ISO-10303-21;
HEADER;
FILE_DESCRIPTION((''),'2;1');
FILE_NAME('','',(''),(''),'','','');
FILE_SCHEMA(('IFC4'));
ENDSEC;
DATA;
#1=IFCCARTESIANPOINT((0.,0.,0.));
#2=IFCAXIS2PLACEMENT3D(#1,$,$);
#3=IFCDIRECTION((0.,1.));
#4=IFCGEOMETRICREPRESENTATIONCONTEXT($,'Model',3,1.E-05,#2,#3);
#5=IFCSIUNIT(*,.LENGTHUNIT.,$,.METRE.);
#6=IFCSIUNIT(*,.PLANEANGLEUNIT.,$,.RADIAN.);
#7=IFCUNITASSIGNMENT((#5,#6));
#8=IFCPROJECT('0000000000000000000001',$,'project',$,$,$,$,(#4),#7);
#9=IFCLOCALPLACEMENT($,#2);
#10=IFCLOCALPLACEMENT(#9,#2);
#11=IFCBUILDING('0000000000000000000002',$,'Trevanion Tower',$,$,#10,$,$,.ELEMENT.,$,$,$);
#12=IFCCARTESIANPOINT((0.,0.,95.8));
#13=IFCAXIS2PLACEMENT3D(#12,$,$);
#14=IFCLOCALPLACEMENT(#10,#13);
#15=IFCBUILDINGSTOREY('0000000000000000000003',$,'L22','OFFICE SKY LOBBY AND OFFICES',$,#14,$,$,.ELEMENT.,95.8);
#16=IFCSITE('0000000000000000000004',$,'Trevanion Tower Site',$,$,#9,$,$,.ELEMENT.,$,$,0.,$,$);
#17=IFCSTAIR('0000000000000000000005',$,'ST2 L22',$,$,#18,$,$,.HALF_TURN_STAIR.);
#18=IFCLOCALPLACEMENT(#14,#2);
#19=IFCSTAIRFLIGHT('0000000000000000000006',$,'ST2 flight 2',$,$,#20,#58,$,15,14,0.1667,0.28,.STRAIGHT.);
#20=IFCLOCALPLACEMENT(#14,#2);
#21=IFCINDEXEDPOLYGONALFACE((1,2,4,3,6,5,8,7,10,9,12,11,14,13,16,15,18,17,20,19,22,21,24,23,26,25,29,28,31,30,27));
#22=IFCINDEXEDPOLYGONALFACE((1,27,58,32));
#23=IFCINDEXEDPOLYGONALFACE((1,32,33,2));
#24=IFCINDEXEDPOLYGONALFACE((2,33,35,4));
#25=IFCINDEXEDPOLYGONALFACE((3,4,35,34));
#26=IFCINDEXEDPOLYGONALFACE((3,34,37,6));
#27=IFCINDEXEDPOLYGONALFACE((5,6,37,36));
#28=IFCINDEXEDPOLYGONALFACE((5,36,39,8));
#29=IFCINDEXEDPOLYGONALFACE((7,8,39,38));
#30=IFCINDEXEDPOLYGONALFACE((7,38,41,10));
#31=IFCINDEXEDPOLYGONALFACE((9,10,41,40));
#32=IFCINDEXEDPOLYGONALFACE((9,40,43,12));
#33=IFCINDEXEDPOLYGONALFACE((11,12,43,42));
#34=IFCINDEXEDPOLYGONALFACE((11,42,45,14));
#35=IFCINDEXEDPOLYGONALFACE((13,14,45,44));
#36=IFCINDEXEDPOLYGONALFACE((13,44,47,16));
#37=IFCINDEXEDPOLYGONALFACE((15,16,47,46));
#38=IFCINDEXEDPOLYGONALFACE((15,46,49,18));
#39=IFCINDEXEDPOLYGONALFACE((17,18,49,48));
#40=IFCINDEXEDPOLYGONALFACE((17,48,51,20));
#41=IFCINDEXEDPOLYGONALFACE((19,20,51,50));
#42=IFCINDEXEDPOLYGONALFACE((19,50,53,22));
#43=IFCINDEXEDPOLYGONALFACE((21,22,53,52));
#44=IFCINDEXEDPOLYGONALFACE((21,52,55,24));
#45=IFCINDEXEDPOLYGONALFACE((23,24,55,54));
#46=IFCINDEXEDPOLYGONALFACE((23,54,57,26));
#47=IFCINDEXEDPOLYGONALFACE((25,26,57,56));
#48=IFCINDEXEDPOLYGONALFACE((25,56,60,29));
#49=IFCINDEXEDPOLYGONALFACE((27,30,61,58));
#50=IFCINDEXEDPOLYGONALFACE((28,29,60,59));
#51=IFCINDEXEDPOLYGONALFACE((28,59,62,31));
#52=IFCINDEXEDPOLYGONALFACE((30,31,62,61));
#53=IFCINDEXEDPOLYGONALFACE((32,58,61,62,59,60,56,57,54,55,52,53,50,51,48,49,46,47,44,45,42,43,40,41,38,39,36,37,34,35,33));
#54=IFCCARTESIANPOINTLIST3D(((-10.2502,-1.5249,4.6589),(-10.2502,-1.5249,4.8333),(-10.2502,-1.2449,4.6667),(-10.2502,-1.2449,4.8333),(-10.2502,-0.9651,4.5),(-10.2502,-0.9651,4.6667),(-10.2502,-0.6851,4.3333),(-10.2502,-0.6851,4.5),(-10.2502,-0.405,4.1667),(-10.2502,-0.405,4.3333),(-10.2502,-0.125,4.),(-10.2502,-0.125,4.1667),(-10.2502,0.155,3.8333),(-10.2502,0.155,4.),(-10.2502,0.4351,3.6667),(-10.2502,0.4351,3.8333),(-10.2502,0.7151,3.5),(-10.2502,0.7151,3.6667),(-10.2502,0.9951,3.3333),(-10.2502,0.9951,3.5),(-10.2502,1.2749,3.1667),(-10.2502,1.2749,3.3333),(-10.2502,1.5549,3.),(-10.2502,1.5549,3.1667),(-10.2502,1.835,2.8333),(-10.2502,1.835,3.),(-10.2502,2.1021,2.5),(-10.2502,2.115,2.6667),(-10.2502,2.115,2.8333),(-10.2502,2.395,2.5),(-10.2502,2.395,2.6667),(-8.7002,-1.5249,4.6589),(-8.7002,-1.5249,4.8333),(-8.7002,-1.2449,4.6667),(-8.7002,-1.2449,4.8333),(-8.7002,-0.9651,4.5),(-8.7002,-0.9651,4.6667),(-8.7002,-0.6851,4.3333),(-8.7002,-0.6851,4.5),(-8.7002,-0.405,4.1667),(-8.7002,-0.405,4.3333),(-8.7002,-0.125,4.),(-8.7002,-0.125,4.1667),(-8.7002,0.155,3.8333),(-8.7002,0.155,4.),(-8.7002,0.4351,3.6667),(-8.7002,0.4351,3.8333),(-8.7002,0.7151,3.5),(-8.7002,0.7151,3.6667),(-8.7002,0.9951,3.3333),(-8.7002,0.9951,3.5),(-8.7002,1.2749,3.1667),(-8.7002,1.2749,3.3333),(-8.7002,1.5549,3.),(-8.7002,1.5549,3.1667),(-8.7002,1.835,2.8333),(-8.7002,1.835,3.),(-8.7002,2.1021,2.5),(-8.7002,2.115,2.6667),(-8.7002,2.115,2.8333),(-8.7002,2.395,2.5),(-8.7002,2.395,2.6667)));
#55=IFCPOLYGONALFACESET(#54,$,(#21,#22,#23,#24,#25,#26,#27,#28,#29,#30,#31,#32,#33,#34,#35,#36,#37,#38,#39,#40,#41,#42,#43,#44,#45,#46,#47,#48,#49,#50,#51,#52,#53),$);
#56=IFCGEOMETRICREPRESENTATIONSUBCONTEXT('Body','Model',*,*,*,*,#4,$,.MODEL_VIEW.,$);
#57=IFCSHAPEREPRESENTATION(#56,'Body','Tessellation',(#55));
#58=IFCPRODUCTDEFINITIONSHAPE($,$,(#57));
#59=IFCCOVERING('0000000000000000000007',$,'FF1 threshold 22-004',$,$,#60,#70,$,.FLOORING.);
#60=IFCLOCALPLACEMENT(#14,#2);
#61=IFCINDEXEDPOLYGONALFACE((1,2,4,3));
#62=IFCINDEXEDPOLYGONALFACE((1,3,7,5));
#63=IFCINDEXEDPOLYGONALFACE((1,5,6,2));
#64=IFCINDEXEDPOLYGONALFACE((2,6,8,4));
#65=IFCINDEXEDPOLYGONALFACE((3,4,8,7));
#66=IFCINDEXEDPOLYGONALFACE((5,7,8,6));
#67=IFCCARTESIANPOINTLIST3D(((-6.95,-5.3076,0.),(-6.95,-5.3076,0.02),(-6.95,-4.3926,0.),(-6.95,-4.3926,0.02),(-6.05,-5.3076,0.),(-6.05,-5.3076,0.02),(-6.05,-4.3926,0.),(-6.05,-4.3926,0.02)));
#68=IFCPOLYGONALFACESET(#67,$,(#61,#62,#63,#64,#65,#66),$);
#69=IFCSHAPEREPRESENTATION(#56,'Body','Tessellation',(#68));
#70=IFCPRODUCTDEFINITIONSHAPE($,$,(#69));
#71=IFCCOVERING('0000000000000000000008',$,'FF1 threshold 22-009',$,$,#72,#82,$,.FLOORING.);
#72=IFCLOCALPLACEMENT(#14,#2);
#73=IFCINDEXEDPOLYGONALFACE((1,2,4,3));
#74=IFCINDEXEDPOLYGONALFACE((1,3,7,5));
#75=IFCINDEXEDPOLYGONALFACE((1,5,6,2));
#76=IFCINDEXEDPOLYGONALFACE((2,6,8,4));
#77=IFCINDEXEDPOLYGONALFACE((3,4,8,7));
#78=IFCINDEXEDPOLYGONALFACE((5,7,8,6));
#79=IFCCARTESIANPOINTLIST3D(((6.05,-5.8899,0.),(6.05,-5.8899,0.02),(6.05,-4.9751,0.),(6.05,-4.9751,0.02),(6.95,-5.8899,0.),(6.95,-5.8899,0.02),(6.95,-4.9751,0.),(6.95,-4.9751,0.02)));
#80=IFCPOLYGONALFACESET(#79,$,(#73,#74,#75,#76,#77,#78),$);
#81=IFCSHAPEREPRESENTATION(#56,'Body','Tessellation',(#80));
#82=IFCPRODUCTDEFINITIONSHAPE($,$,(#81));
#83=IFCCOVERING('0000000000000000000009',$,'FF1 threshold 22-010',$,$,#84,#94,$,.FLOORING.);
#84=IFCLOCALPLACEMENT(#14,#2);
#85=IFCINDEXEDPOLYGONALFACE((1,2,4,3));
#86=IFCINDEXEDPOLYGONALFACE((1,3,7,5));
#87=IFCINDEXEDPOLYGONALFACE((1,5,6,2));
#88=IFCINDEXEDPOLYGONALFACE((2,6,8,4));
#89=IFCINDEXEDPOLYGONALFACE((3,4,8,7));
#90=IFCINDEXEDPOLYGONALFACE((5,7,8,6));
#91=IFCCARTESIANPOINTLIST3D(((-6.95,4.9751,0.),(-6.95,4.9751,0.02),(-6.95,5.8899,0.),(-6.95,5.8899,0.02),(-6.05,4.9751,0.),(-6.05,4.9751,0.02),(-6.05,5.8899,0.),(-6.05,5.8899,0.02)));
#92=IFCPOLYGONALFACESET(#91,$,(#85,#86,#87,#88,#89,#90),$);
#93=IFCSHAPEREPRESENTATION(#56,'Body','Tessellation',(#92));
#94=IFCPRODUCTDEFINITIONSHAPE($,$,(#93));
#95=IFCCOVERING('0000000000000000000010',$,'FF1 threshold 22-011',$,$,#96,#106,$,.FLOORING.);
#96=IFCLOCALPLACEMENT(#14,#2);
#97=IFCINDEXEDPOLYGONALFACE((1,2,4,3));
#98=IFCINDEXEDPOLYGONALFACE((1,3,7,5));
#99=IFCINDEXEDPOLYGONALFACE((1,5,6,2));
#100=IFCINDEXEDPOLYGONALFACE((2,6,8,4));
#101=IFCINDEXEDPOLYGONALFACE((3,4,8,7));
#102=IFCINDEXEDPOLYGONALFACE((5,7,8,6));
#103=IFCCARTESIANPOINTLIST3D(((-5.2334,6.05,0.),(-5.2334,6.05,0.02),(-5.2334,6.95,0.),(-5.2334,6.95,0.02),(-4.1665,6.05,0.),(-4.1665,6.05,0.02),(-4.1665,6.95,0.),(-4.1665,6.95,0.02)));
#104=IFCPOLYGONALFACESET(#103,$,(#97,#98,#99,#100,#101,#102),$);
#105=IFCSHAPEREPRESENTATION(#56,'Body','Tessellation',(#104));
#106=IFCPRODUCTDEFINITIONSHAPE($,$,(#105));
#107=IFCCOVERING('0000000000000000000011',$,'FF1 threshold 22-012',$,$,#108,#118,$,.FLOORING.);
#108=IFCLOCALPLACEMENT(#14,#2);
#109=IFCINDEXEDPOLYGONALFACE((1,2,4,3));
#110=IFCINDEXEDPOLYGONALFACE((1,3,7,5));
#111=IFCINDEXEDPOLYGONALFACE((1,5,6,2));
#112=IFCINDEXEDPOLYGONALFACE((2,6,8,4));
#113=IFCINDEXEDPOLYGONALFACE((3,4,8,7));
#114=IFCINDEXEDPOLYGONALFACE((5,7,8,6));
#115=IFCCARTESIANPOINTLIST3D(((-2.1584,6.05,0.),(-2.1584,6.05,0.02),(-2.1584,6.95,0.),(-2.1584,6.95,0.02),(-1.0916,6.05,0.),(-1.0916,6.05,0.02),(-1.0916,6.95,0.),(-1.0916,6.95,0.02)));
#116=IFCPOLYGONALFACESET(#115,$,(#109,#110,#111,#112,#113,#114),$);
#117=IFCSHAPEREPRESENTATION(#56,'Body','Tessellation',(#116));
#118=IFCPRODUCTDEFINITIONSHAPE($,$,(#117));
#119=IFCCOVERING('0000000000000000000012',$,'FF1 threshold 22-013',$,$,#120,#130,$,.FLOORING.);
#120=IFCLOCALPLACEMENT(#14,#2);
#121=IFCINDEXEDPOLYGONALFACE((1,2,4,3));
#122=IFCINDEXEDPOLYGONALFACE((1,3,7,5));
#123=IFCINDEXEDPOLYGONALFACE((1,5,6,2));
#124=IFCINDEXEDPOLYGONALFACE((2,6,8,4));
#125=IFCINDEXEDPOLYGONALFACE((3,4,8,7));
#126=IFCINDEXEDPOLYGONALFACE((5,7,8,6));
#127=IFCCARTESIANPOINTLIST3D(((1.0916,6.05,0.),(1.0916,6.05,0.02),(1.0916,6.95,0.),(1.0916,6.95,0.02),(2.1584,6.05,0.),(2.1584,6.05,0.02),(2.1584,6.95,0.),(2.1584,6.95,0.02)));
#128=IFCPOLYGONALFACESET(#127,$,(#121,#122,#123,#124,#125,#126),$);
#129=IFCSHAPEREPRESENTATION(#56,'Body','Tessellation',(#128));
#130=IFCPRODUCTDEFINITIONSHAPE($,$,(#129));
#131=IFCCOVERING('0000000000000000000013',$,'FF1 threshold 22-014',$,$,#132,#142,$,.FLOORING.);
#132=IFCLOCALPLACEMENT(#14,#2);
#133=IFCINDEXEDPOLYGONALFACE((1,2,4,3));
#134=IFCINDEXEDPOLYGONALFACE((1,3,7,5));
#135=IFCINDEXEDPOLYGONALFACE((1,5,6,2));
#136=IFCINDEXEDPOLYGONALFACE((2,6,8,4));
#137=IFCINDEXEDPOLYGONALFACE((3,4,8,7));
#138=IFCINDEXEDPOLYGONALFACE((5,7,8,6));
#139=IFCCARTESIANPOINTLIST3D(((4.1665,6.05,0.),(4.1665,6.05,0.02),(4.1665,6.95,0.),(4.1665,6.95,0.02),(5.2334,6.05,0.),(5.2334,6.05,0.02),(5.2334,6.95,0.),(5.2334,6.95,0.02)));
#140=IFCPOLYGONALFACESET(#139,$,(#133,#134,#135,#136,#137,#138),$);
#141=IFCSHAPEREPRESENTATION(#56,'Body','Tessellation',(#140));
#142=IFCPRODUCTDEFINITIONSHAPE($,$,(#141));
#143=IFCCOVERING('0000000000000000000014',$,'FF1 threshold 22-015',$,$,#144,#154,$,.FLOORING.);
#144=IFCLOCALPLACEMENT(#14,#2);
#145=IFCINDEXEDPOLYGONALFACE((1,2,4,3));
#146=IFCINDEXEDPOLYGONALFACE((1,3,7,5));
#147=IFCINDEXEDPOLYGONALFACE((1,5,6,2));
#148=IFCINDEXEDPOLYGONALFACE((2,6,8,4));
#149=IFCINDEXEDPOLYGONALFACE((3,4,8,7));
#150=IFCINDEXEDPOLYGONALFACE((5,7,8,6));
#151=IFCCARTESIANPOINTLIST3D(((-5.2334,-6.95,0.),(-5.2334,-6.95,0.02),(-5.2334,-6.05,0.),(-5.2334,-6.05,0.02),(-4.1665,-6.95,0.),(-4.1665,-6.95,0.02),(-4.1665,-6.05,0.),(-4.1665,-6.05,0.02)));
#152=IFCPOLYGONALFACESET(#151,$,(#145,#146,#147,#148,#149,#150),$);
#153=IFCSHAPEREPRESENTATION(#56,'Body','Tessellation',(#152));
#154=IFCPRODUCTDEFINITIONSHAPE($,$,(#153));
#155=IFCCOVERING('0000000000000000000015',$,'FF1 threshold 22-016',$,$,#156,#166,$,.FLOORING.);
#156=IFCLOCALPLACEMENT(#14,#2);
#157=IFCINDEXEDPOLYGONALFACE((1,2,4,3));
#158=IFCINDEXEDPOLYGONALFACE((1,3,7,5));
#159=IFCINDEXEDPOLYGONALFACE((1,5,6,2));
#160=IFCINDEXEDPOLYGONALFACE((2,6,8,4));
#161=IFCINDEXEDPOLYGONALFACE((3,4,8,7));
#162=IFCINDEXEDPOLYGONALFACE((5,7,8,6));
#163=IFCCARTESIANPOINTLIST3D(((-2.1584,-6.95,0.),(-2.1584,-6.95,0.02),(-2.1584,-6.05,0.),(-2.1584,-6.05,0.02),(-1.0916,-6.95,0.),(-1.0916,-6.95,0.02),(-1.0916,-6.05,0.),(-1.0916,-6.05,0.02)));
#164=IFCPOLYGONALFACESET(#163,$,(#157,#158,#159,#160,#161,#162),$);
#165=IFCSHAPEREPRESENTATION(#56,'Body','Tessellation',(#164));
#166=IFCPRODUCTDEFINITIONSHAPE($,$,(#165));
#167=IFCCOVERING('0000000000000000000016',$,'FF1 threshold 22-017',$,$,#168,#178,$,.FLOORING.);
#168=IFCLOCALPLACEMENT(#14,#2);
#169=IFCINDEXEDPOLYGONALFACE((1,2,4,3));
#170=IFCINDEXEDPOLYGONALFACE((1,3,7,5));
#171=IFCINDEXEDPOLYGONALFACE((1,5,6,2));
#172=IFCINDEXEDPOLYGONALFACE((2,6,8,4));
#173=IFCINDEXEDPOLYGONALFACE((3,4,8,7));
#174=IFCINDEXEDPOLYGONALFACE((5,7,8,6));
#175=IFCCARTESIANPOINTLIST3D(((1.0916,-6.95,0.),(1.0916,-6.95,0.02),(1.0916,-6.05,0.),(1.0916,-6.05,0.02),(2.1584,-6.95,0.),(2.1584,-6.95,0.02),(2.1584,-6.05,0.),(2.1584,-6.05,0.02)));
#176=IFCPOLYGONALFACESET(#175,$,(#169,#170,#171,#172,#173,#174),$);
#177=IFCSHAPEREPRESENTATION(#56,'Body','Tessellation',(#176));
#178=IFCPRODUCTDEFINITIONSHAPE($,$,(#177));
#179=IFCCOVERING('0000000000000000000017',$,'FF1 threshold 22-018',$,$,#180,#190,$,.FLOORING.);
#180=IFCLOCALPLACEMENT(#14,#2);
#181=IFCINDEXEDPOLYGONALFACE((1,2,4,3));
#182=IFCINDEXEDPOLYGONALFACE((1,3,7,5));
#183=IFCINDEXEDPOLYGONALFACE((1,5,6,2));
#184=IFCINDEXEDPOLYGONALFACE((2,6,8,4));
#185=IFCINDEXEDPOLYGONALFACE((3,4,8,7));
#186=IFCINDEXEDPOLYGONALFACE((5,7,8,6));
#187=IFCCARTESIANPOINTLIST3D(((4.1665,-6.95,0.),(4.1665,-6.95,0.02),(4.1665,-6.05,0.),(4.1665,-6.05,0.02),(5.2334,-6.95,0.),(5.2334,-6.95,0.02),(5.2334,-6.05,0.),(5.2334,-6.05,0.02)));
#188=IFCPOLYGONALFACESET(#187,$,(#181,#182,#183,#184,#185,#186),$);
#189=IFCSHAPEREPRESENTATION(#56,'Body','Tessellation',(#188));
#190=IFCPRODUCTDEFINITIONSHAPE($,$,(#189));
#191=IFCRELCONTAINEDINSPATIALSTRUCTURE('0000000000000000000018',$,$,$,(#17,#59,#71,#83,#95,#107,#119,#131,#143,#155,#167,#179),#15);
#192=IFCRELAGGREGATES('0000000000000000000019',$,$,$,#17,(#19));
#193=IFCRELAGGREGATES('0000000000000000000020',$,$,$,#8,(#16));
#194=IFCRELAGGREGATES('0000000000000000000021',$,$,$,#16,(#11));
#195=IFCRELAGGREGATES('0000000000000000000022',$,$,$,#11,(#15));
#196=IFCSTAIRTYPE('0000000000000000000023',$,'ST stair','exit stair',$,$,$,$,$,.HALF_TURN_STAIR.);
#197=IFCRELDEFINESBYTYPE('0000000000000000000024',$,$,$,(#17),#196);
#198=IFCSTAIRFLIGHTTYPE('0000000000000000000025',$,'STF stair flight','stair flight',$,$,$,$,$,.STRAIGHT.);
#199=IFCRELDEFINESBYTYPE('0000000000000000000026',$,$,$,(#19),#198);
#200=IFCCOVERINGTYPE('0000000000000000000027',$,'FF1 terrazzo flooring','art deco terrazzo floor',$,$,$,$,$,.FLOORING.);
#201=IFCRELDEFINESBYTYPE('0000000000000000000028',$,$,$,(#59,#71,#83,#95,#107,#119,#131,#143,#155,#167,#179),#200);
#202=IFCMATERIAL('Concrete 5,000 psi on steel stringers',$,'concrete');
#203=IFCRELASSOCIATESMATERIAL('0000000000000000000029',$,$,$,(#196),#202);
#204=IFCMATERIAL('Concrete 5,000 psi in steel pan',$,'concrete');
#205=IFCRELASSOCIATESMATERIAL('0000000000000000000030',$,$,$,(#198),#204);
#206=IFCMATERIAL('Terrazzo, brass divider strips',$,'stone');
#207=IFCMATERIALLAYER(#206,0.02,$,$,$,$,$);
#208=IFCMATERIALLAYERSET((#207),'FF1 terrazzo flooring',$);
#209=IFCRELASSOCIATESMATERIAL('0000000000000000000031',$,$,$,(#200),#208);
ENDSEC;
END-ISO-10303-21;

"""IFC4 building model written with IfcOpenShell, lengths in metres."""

from ifc_helpers import new_model, si_unit, direction, frame, origin, place, context, subcontext, project, spatial, polyline, outline, extrude, material, layer, layer_set, type_object, element, aggregate, save


model = new_model("IFC4")

# Units and contexts
model_context = context("Model", 3, precision=1e-05, world=origin(), true_north=direction((0.0, 1.0)))
body_context = subcontext(model_context, "Body", "Model", "MODEL_VIEW")
ifc_project = project(units=[si_unit("LENGTHUNIT", "METRE"), si_unit("PLANEANGLEUNIT", "RADIAN")], contexts=[model_context])

# Site, building, storey
site_placement = place(None, origin())
site = spatial("IfcSite", under=ifc_project, at=site_placement, Name="Trevanion Tower Site", CompositionType="ELEMENT", RefElevation=0.0)
building_placement = place(site_placement, origin())
building = spatial("IfcBuilding", under=site, at=building_placement, Name="Trevanion Tower", CompositionType="ELEMENT")
storey_placement = place(building_placement, frame((0.0, 0.0, 95.8)))
storey = spatial("IfcBuildingStorey", under=building, at=storey_placement, Name="L22", Description="OFFICE SKY LOBBY AND OFFICES", CompositionType="ELEMENT", Elevation=95.8)

# Stair, stair flight
ifc_material_1 = material(Name="Concrete 5,000 psi on steel stringers", Category="concrete")
stair_type = type_object("IfcStairType", Name="ST stair", Description="exit stair", PredefinedType="HALF_TURN_STAIR", material=ifc_material_1)
stair_placement = place(storey_placement, origin())
stair = element("IfcStair", 1, at=stair_placement, inside=storey, type_object=stair_type, Name="ST2 L22", PredefinedType="HALF_TURN_STAIR")
ifc_material_2 = material(Name="Concrete 5,000 psi in steel pan", Category="concrete")
stair_flight_type = type_object("IfcStairFlightType", Name="STF stair flight", Description="stair flight", PredefinedType="STRAIGHT", material=ifc_material_2)
stair_flight_placement = place(storey_placement, frame((-9.4751, 2.395, 2.5), z_axis=(0.0, 0.0, 1.0), x_axis=(0.0, -1.0, 0.0)))
stair_flight = element("IfcStairFlight", 2, at=stair_flight_placement, type_object=stair_flight_type, Name="ST2 flight 2", NumberOfRisers=15, NumberOfTreads=14, PredefinedType="STRAIGHT", RiserHeight=0.1667, TreadLength=0.28, context=body_context, shape_type="SweptSolid", body=[
    extrude(outline(polyline([(0.0, 0.0), (0.0, 0.1667), (0.28, 0.1667), (0.28, 0.3333), (0.5601, 0.3333), (0.5601, 0.5), (0.8401, 0.5), (0.8401, 0.6667), (1.1201, 0.6667), (1.1201, 0.8333), (1.3999, 0.8333), (1.3999, 1.0), (1.6799, 1.0), (1.6799, 1.1667), (1.96, 1.1667), (1.96, 1.3333), (2.24, 1.3333), (2.24, 1.5), (2.52, 1.5), (2.52, 1.6667), (2.8, 1.6667), (2.8, 1.8333), (3.0801, 1.8333), (3.0801, 2.0), (3.3601, 2.0), (3.3601, 2.1667), (3.6399, 2.1667), (3.6399, 2.3333), (3.9199, 2.3333), (3.9199, 2.5), (3.9199, 2.1589), (0.293, 0.0), (0.0, 0.0)])), frame((0.0, 0.7749, 0.0), z_axis=(0.0, -1.0, 0.0), x_axis=(1.0, 0.0, 0.0)), (0.0, 0.0, 1.0), 1.55),
])
aggregate(stair, [stair_flight])

# Coverings
ifc_material_3 = material(Name="Terrazzo, brass divider strips", Category="stone")
ifc_layer_1 = layer(ifc_material_3, 0.02)
ifc_layer_set_1 = layer_set([ifc_layer_1], Name="FF1 terrazzo flooring")
covering_type = type_object("IfcCoveringType", Name="FF1 terrazzo flooring", Description="art deco terrazzo floor", PredefinedType="FLOORING", material=ifc_layer_set_1)
covering_1_placement = place(storey_placement, origin())
element("IfcCovering", 3, at=covering_1_placement, inside=storey, type_object=covering_type, Name="FF1 threshold 22-004", PredefinedType="FLOORING", context=body_context, shape_type="SweptSolid", body=[
    extrude(outline(polyline([(-6.95, -4.3926), (-6.95, -5.3076), (-6.05, -5.3076), (-6.05, -4.3926), (-6.95, -4.3926)])), origin(), (0.0, 0.0, 1.0), 0.02),
])
covering_2_placement = place(storey_placement, origin())
element("IfcCovering", 4, at=covering_2_placement, inside=storey, type_object=covering_type, Name="FF1 threshold 22-009", PredefinedType="FLOORING", context=body_context, shape_type="SweptSolid", body=[
    extrude(outline(polyline([(6.95, -5.8899), (6.95, -4.9751), (6.05, -4.9751), (6.05, -5.8899), (6.95, -5.8899)])), origin(), (0.0, 0.0, 1.0), 0.02),
])
covering_3_placement = place(storey_placement, origin())
element("IfcCovering", 5, at=covering_3_placement, inside=storey, type_object=covering_type, Name="FF1 threshold 22-010", PredefinedType="FLOORING", context=body_context, shape_type="SweptSolid", body=[
    extrude(outline(polyline([(-6.95, 5.8899), (-6.95, 4.9751), (-6.05, 4.9751), (-6.05, 5.8899), (-6.95, 5.8899)])), origin(), (0.0, 0.0, 1.0), 0.02),
])
covering_4_placement = place(storey_placement, origin())
element("IfcCovering", 6, at=covering_4_placement, inside=storey, type_object=covering_type, Name="FF1 threshold 22-011", PredefinedType="FLOORING", context=body_context, shape_type="SweptSolid", body=[
    extrude(outline(polyline([(-4.1665, 6.95), (-5.2334, 6.95), (-5.2334, 6.05), (-4.1665, 6.05), (-4.1665, 6.95)])), origin(), (0.0, 0.0, 1.0), 0.02),
])
covering_5_placement = place(storey_placement, origin())
element("IfcCovering", 7, at=covering_5_placement, inside=storey, type_object=covering_type, Name="FF1 threshold 22-012", PredefinedType="FLOORING", context=body_context, shape_type="SweptSolid", body=[
    extrude(outline(polyline([(-1.0916, 6.95), (-2.1584, 6.95), (-2.1584, 6.05), (-1.0916, 6.05), (-1.0916, 6.95)])), origin(), (0.0, 0.0, 1.0), 0.02),
])
covering_6_placement = place(storey_placement, origin())
element("IfcCovering", 8, at=covering_6_placement, inside=storey, type_object=covering_type, Name="FF1 threshold 22-013", PredefinedType="FLOORING", context=body_context, shape_type="SweptSolid", body=[
    extrude(outline(polyline([(2.1584, 6.95), (1.0916, 6.95), (1.0916, 6.05), (2.1584, 6.05), (2.1584, 6.95)])), origin(), (0.0, 0.0, 1.0), 0.02),
])
covering_7_placement = place(storey_placement, origin())
element("IfcCovering", 9, at=covering_7_placement, inside=storey, type_object=covering_type, Name="FF1 threshold 22-014", PredefinedType="FLOORING", context=body_context, shape_type="SweptSolid", body=[
    extrude(outline(polyline([(5.2334, 6.95), (4.1665, 6.95), (4.1665, 6.05), (5.2334, 6.05), (5.2334, 6.95)])), origin(), (0.0, 0.0, 1.0), 0.02),
])
covering_8_placement = place(storey_placement, origin())
element("IfcCovering", 10, at=covering_8_placement, inside=storey, type_object=covering_type, Name="FF1 threshold 22-015", PredefinedType="FLOORING", context=body_context, shape_type="SweptSolid", body=[
    extrude(outline(polyline([(-5.2334, -6.95), (-4.1665, -6.95), (-4.1665, -6.05), (-5.2334, -6.05), (-5.2334, -6.95)])), origin(), (0.0, 0.0, 1.0), 0.02),
])
covering_9_placement = place(storey_placement, origin())
element("IfcCovering", 11, at=covering_9_placement, inside=storey, type_object=covering_type, Name="FF1 threshold 22-016", PredefinedType="FLOORING", context=body_context, shape_type="SweptSolid", body=[
    extrude(outline(polyline([(-2.1584, -6.95), (-1.0916, -6.95), (-1.0916, -6.05), (-2.1584, -6.05), (-2.1584, -6.95)])), origin(), (0.0, 0.0, 1.0), 0.02),
])
covering_10_placement = place(storey_placement, origin())
element("IfcCovering", 12, at=covering_10_placement, inside=storey, type_object=covering_type, Name="FF1 threshold 22-017", PredefinedType="FLOORING", context=body_context, shape_type="SweptSolid", body=[
    extrude(outline(polyline([(1.0916, -6.95), (2.1584, -6.95), (2.1584, -6.05), (1.0916, -6.05), (1.0916, -6.95)])), origin(), (0.0, 0.0, 1.0), 0.02),
])
covering_11_placement = place(storey_placement, origin())
element("IfcCovering", 13, at=covering_11_placement, inside=storey, type_object=covering_type, Name="FF1 threshold 22-018", PredefinedType="FLOORING", context=body_context, shape_type="SweptSolid", body=[
    extrude(outline(polyline([(4.1665, -6.95), (5.2334, -6.95), (5.2334, -6.05), (4.1665, -6.05), (4.1665, -6.95)])), origin(), (0.0, 0.0, 1.0), 0.02),
])

save(model, "model.ifc")
